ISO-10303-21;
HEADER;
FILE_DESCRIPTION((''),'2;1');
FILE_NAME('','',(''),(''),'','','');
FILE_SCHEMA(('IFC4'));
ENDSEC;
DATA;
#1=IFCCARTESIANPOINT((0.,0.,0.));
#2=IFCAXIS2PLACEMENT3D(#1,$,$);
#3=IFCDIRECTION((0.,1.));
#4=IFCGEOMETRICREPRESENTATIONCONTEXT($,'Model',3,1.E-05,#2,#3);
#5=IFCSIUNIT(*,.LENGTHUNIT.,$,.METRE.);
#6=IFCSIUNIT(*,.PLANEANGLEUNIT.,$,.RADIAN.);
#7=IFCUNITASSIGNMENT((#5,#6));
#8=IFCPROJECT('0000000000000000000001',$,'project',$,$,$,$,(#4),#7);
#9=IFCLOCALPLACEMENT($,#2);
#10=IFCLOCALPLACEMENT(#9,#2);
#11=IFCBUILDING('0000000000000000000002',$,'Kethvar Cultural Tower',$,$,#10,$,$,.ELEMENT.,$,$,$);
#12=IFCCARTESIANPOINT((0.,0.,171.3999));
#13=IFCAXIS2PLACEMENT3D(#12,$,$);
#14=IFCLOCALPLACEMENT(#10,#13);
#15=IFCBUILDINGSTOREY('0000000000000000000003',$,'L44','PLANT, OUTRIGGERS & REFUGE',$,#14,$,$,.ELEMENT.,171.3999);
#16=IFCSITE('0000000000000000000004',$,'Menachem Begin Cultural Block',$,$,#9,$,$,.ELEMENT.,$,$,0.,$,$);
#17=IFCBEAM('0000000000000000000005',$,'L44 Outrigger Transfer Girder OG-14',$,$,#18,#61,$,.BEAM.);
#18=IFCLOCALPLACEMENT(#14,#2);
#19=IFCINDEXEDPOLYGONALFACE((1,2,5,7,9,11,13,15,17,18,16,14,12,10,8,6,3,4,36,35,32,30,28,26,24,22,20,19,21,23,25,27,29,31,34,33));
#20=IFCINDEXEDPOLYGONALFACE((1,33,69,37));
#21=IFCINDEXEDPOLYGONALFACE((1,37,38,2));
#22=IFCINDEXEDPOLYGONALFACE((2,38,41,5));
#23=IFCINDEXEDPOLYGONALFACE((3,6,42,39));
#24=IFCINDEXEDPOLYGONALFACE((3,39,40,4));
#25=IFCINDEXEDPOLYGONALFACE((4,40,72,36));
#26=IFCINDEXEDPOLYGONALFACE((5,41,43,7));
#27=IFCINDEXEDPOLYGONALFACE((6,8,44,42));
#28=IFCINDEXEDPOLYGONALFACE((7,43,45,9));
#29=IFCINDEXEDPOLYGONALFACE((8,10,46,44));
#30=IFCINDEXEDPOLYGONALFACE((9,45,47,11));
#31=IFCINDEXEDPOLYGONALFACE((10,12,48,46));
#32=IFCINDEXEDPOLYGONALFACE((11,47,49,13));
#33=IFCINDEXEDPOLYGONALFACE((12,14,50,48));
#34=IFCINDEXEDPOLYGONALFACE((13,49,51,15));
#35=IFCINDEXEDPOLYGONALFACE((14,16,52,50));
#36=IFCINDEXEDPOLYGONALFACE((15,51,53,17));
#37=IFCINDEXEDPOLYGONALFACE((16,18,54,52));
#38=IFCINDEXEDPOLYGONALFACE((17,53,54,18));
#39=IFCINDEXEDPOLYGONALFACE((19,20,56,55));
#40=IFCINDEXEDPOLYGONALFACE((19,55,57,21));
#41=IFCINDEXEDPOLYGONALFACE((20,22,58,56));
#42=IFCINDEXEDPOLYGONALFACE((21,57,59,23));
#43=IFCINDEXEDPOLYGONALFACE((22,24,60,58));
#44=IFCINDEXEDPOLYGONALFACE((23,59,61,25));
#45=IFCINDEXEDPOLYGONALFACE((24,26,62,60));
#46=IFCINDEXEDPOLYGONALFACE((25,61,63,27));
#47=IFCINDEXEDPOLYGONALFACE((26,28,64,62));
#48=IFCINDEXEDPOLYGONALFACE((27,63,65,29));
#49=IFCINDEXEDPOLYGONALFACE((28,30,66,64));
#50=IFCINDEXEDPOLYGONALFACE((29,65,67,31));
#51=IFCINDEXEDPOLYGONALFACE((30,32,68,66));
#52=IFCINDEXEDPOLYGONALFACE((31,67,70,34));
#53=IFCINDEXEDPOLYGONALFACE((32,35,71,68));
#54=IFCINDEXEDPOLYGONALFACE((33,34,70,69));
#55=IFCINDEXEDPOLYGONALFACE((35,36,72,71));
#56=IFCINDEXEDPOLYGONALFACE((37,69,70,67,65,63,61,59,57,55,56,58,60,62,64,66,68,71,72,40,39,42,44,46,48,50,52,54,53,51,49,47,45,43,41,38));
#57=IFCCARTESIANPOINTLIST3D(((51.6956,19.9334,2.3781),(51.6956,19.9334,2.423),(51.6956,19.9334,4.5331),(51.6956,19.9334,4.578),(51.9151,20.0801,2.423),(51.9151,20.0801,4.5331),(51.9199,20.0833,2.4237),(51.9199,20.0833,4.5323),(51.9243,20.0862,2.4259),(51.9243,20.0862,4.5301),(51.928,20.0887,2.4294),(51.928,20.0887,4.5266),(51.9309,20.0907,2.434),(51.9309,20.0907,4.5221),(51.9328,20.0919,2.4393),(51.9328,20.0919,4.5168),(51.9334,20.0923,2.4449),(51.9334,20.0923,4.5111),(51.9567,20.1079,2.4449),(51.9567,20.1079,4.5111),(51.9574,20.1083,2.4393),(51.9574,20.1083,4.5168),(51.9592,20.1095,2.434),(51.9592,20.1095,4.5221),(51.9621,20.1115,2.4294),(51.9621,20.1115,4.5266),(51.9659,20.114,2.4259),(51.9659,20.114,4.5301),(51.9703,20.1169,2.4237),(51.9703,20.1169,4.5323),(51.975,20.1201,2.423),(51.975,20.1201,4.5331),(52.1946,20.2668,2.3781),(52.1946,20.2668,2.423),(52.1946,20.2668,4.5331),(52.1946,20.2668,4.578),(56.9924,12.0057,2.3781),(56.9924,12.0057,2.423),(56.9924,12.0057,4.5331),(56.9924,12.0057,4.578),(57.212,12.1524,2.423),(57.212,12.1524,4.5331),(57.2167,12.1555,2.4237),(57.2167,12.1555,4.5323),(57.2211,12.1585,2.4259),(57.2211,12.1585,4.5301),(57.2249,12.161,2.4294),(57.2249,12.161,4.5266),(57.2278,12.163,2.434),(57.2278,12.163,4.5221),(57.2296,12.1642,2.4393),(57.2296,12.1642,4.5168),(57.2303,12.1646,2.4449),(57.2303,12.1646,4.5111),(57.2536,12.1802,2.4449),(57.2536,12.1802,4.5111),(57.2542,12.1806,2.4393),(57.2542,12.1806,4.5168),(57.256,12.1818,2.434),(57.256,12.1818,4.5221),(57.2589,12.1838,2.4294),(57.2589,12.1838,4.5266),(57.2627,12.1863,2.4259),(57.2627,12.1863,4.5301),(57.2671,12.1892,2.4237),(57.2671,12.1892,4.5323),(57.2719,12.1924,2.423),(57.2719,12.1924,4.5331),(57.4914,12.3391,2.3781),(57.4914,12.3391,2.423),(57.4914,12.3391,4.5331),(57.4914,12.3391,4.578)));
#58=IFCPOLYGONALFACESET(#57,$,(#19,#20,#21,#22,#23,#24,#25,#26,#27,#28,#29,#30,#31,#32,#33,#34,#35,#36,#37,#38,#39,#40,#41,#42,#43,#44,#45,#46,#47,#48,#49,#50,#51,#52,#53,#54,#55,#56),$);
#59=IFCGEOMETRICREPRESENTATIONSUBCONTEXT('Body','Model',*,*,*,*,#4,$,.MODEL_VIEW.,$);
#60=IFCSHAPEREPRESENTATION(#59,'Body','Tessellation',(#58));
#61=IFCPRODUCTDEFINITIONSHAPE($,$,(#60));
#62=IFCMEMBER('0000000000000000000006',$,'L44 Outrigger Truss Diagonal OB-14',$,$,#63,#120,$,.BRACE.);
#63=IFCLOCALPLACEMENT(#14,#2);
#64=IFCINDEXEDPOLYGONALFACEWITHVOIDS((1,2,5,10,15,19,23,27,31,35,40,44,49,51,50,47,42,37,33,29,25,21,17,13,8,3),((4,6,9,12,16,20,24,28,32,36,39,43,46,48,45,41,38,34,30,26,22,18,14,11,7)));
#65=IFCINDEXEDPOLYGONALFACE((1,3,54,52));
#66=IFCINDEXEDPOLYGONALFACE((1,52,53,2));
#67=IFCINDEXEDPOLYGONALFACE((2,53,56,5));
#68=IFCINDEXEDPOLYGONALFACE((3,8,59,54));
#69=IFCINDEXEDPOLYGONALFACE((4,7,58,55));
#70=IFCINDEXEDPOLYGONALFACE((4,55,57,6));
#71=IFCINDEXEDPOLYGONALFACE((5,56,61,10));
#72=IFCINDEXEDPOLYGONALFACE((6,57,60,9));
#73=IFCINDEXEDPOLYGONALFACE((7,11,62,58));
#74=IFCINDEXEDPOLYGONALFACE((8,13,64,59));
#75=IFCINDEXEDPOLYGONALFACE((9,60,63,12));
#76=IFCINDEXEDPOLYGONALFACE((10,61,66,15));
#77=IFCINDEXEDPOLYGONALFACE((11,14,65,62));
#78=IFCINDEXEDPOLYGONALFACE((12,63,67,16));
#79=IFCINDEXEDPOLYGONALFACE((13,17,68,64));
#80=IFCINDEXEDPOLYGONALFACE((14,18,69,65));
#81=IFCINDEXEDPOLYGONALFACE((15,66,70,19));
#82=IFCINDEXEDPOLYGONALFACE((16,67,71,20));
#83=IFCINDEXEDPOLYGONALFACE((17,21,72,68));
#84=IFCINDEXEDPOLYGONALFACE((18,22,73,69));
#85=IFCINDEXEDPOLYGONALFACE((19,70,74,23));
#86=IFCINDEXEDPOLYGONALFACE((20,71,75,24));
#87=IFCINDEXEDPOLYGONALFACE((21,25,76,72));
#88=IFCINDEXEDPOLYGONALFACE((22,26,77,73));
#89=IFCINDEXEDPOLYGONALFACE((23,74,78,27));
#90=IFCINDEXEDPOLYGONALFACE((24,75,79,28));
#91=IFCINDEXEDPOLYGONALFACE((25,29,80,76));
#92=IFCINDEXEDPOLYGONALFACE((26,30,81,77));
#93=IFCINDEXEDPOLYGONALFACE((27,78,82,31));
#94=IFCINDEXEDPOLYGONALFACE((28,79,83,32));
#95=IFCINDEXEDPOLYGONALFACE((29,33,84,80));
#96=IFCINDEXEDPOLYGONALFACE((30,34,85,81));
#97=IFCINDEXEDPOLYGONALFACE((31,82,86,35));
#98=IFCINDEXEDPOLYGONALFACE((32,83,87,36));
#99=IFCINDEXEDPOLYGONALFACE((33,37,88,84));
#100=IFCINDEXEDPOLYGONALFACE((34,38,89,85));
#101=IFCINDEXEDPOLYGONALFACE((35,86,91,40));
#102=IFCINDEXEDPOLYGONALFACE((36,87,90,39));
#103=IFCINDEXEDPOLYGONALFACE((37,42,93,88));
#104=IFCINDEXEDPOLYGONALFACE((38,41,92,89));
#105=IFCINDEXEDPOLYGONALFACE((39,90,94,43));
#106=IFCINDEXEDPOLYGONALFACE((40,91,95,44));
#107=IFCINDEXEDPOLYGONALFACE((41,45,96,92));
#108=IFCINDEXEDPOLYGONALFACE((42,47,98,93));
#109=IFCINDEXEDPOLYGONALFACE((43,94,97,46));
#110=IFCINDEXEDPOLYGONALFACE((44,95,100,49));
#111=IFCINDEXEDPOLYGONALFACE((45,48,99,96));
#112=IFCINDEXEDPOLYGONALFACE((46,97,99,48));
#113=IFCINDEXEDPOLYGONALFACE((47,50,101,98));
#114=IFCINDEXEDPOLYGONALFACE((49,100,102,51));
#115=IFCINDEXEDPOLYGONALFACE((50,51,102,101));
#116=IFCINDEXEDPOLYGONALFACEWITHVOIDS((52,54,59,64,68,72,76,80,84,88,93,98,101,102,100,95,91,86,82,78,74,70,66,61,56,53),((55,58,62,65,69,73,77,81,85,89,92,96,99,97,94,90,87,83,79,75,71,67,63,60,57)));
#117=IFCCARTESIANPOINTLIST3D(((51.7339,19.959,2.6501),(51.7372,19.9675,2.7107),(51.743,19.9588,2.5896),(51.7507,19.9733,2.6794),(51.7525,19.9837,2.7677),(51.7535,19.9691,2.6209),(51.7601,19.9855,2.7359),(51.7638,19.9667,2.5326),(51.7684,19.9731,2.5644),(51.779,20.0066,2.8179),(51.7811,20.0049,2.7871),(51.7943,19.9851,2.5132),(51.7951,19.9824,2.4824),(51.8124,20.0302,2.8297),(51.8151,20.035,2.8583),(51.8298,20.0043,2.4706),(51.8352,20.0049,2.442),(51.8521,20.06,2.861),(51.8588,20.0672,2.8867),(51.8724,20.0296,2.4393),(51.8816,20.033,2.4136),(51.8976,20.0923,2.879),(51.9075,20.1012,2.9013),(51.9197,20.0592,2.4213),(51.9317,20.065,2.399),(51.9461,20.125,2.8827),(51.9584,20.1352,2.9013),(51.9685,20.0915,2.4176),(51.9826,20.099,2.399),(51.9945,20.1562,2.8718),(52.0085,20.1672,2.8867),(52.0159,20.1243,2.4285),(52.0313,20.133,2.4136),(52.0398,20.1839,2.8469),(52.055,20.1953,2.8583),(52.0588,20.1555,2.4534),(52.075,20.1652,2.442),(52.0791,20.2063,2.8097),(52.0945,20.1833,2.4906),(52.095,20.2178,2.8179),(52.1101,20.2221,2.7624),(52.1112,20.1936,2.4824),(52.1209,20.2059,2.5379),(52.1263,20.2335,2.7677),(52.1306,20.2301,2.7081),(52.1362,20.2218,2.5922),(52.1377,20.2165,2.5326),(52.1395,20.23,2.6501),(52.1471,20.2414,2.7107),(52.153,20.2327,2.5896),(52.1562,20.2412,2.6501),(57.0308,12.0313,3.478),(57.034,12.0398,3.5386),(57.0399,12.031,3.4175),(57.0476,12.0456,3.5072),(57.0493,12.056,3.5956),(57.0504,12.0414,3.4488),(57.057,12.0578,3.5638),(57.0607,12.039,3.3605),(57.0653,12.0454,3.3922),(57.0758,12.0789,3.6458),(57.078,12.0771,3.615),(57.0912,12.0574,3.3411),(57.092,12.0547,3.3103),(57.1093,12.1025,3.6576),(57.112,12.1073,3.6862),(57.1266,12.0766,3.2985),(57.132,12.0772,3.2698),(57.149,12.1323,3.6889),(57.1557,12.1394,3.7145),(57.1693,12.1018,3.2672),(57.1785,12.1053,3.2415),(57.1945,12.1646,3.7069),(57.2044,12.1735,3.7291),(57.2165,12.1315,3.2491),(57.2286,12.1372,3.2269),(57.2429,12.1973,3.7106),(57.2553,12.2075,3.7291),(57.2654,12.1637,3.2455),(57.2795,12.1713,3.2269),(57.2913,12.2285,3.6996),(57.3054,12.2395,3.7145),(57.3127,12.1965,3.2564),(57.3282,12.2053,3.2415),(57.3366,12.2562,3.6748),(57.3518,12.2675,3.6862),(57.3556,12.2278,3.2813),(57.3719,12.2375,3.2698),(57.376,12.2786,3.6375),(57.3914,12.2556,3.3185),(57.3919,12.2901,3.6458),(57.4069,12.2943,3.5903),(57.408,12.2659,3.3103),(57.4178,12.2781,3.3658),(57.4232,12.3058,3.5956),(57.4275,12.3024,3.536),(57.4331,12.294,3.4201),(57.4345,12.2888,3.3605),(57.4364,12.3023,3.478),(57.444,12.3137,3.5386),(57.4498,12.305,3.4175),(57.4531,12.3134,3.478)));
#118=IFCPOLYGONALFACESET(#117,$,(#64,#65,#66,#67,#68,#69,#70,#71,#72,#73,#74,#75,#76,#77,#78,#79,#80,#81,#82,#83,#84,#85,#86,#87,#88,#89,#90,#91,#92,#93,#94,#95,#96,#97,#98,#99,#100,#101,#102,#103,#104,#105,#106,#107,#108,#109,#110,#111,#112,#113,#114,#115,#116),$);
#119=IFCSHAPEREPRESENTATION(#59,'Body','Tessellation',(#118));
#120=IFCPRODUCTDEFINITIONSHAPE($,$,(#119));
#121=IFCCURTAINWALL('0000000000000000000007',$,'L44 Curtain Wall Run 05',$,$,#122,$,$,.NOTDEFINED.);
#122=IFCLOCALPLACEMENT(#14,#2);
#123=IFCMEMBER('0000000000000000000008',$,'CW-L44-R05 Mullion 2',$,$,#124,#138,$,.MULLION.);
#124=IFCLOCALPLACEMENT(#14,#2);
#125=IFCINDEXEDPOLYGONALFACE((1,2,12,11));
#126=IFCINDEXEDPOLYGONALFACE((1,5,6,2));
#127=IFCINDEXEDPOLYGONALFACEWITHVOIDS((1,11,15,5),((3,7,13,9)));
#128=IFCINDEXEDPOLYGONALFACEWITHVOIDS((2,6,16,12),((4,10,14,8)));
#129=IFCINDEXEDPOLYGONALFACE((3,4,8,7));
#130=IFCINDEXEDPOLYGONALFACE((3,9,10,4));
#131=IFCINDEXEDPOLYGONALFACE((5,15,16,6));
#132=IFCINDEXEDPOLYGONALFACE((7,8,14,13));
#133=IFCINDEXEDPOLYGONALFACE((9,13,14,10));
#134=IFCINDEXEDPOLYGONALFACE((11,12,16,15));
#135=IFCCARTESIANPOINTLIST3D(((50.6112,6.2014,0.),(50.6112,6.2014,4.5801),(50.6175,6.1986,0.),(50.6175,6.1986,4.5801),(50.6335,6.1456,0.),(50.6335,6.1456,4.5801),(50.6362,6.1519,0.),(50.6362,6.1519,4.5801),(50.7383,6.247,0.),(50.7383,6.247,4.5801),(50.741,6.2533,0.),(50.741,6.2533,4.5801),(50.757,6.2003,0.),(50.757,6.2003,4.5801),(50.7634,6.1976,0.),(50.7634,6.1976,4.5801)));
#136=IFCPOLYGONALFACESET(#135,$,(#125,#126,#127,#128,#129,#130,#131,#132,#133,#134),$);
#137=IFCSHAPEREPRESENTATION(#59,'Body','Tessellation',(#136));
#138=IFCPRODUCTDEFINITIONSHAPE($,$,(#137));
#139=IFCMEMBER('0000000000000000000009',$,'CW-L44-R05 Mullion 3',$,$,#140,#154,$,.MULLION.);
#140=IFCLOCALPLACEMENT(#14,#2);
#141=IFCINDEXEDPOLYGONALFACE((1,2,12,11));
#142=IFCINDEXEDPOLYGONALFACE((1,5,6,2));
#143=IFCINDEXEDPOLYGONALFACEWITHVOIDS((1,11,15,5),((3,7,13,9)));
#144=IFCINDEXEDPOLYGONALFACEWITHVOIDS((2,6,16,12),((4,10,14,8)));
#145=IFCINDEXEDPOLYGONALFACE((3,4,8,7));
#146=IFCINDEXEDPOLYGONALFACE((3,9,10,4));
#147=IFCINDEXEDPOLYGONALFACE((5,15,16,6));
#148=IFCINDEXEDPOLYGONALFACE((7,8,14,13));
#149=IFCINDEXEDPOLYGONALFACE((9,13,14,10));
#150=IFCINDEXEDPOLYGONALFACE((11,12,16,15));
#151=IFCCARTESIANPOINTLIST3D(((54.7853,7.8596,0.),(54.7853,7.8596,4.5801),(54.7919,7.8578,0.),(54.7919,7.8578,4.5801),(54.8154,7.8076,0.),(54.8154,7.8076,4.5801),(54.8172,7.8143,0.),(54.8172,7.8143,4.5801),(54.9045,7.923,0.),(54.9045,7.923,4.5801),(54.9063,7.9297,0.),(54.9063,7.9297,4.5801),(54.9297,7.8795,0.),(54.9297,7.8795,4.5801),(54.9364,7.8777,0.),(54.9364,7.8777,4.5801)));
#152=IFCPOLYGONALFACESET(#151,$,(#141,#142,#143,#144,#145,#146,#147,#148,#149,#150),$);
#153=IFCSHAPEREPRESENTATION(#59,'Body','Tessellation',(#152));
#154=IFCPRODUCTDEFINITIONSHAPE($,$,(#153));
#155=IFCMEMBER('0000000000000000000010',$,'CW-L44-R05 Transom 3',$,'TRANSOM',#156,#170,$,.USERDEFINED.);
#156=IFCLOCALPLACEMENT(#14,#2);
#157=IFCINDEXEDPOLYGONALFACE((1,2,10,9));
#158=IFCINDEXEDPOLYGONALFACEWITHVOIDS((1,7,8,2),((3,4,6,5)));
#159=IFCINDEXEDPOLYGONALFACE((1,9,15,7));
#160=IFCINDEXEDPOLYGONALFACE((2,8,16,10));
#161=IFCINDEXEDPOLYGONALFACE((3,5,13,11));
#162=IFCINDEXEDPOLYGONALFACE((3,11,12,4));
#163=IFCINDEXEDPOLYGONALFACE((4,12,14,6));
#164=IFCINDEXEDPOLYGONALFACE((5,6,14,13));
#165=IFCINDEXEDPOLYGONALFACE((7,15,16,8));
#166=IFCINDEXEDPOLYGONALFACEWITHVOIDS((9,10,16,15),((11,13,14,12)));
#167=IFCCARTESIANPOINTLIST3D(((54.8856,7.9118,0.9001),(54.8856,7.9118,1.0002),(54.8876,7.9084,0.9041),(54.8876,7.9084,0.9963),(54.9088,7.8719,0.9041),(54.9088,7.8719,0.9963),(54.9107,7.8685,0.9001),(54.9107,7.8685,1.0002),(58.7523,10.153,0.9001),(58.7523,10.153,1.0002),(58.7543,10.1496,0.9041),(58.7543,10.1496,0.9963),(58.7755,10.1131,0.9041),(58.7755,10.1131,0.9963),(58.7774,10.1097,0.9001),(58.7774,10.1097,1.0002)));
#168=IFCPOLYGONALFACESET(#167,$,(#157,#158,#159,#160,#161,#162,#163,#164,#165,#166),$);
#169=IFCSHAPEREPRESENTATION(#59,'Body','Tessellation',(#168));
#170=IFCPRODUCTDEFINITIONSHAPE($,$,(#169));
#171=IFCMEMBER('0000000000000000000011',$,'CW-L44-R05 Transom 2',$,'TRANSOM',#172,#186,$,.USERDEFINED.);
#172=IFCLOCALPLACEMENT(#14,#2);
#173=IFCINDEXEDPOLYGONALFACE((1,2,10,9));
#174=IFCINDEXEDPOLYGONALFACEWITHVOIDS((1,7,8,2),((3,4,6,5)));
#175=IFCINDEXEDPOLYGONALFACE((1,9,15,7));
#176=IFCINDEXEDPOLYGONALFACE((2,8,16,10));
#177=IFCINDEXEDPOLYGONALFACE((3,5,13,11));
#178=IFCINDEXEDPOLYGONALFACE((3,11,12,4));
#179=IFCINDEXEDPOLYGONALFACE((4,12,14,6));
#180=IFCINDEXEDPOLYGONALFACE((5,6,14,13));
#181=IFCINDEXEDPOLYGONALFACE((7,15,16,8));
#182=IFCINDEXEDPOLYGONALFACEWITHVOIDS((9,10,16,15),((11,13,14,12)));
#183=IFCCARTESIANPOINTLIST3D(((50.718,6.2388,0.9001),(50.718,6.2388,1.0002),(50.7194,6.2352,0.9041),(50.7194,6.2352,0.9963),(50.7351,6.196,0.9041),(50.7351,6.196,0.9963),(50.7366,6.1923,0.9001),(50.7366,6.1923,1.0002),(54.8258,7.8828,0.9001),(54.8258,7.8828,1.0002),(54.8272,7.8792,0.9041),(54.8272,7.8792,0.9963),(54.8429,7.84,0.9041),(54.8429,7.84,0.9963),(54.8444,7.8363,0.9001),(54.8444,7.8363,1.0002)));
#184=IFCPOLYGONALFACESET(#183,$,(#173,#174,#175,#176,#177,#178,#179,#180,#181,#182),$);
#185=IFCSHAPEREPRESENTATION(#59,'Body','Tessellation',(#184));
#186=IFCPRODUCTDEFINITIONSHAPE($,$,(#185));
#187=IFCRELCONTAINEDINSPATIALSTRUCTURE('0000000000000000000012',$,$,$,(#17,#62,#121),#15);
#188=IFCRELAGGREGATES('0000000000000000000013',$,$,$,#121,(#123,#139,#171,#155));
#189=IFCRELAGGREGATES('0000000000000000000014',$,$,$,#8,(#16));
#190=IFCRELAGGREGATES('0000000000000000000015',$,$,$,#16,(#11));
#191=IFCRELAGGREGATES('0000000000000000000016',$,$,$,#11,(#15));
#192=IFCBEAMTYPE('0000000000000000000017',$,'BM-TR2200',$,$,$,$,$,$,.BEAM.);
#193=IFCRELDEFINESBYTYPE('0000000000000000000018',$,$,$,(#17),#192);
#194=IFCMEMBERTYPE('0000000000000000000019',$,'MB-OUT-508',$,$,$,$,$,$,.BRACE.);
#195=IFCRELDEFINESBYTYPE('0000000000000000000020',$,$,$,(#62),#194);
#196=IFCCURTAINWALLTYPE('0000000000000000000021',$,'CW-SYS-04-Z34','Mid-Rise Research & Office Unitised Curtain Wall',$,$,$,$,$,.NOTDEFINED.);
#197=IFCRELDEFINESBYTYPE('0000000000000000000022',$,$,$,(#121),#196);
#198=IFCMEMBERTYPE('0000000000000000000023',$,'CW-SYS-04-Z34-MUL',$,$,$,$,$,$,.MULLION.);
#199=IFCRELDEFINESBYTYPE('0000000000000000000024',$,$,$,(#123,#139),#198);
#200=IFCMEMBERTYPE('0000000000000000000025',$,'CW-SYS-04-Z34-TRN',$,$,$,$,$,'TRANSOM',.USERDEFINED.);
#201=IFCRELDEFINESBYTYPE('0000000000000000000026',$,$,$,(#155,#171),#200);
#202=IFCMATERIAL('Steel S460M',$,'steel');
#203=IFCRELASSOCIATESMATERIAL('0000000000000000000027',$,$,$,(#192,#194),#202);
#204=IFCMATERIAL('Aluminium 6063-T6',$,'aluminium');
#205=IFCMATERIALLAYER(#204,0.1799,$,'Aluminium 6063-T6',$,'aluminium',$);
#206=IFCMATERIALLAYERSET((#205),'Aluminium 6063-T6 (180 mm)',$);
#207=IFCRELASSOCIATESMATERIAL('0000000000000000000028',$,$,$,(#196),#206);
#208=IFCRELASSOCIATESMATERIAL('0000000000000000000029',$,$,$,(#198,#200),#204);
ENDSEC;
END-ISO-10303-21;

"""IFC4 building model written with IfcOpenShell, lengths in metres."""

from ifc_helpers import new_model, si_unit, direction, frame, origin, origin_2d, place, context, subcontext, project, spatial, hollow_rectangle, hollow_circle, i_section, extrude, source, transform, mapped, material, layer, layer_set, material_profile, profile_set, type_object, element, aggregate, save


model = new_model("IFC4")

# Units and contexts
model_context = context("Model", 3, precision=1e-05, world=origin(), true_north=direction((0.0, 1.0)))
body_context = subcontext(model_context, "Body", "Model", "MODEL_VIEW")
ifc_project = project(units=[si_unit("LENGTHUNIT", "METRE"), si_unit("PLANEANGLEUNIT", "RADIAN")], contexts=[model_context])

# Site, building, storey
site_placement = place(None, origin())
site = spatial("IfcSite", under=ifc_project, at=site_placement, Name="Menachem Begin Cultural Block", CompositionType="ELEMENT", RefElevation=0.0)
building_placement = place(site_placement, origin())
building = spatial("IfcBuilding", under=site, at=building_placement, Name="Kethvar Cultural Tower", CompositionType="ELEMENT")
storey_placement = place(building_placement, frame((0.0, 0.0, 171.3999)))
storey = spatial("IfcBuildingStorey", under=building, at=storey_placement, Name="L44", Description="PLANT, OUTRIGGERS & REFUGE", CompositionType="ELEMENT", Elevation=171.3999)

# Shared definitions
ifc_material_1 = material(Name="Steel S460M", Category="steel")

# Shared definitions
ifc_material_profile_1 = material_profile(ifc_material_1, i_section(OverallWidth=0.6001, OverallDepth=2.2, WebThickness=0.0281, FlangeThickness=0.0449, FilletRadius=0.022, at=origin_2d()), Name="Steel S460M — PG2200x600x45x28")
ifc_profile_set_1 = profile_set([ifc_material_profile_1], Name="Steel S460M — PG2200x600x45x28")
beam_type = type_object("IfcBeamType", Name="BM-TR2200", PredefinedType="BEAM", material=ifc_profile_set_1)

# Shared definitions
ifc_material_profile_2 = material_profile(ifc_material_1, hollow_circle(Radius=0.2539, WallThickness=0.02, at=origin_2d()), Name="Steel S460M — CHS508x20")
ifc_profile_set_2 = profile_set([ifc_material_profile_2], Name="Steel S460M — CHS508x20")
member_type_1 = type_object("IfcMemberType", Name="MB-OUT-508", PredefinedType="BRACE", material=ifc_profile_set_2)

# Beam
shared_shape_1 = source(origin(), body_context, "Body", "SweptSolid", [
    extrude(i_section(OverallWidth=0.6001, OverallDepth=2.2, WebThickness=0.0281, FlangeThickness=0.0449, FilletRadius=0.022, at=origin_2d()), origin(), (0.0, 0.0, 1.0), 9.5344),
])
beam_1_placement = place(storey_placement, frame((51.9451, 20.1001, 3.478), z_axis=(0.555551, -0.831483, 0.0), x_axis=(0.831483, 0.555551, 0.0)))
element("IfcBeam", 1, at=beam_1_placement, inside=storey, type_object=beam_type, Name="L44 Outrigger Transfer Girder OG-14", PredefinedType="BEAM", context=body_context, shape_type="MappedRepresentation", body=[
    mapped(shared_shape_1, transform((0.0, 0.0, 0.0), scale=1.0)),
])

# Member
shared_shape_2 = source(origin(), body_context, "Body", "SweptSolid", [
    extrude(hollow_circle(Radius=0.2539, WallThickness=0.02, at=origin_2d()), origin(), (0.0, 0.0, 1.0), 9.5703),
])
member_1_placement = place(storey_placement, frame((51.9451, 20.1001, 2.6501), z_axis=(0.553468, -0.828366, 0.086505), x_axis=(0.831483, 0.555551, 0.0)))
element("IfcMember", 2, at=member_1_placement, inside=storey, type_object=member_type_1, Name="L44 Outrigger Truss Diagonal OB-14", PredefinedType="BRACE", context=body_context, shape_type="MappedRepresentation", body=[
    mapped(shared_shape_2, transform((0.0, 0.0, 0.0), scale=1.0)),
])

# Curtain wall, members
ifc_material_2 = material(Name="Aluminium 6063-T6", Category="aluminium")
ifc_layer_1 = layer(ifc_material_2, 0.1799, Name="Aluminium 6063-T6", Category="aluminium")
ifc_layer_set_1 = layer_set([ifc_layer_1], Name="Aluminium 6063-T6 (180 mm)")
curtain_wall_type = type_object("IfcCurtainWallType", Name="CW-SYS-04-Z34", Description="Mid-Rise Research & Office Unitised Curtain Wall", PredefinedType="NOTDEFINED", material=ifc_layer_set_1)
curtain_wall_placement = place(storey_placement, origin())
curtain_wall = element("IfcCurtainWall", 3, at=curtain_wall_placement, inside=storey, type_object=curtain_wall_type, Name="L44 Curtain Wall Run 05", PredefinedType="NOTDEFINED")
ifc_material_profile_3 = material_profile(ifc_material_2, hollow_rectangle(XDim=0.0601, YDim=0.1399, WallThickness=0.0049, at=origin_2d()), Name="Aluminium 6063-T6 — RHS140x60x5")
ifc_profile_set_3 = profile_set([ifc_material_profile_3], Name="Aluminium 6063-T6 — RHS140x60x5")
member_type_2 = type_object("IfcMemberType", Name="CW-SYS-04-Z34-MUL", PredefinedType="MULLION", material=ifc_profile_set_3)
shared_shape_3 = source(origin(), body_context, "Body", "SweptSolid", [
    extrude(hollow_rectangle(XDim=0.0601, YDim=0.1399, WallThickness=0.0049, at=origin_2d()), origin(), (0.0, 0.0, 1.0), 4.5801),
])
member_2_placement = place(storey_placement, frame((50.6873, 6.1995, 0.0), z_axis=(0.0, 0.0, 1.0), x_axis=(-0.371546, 0.928415, 0.0)))
member_2 = element("IfcMember", 4, at=member_2_placement, type_object=member_type_2, Name="CW-L44-R05 Mullion 2", PredefinedType="MULLION", context=body_context, shape_type="MappedRepresentation", body=[
    mapped(shared_shape_3, transform((0.0, 0.0, 0.0), scale=1.0)),
])
member_3_placement = place(storey_placement, frame((54.8608, 7.8687, 0.0), z_axis=(0.0, 0.0, 1.0), x_axis=(-0.501465, 0.865178, 0.0)))
member_3 = element("IfcMember", 5, at=member_3_placement, type_object=member_type_2, Name="CW-L44-R05 Mullion 3", PredefinedType="MULLION", context=body_context, shape_type="MappedRepresentation", body=[
    mapped(shared_shape_3, transform((0.0, 0.0, 0.0), scale=1.0)),
])
ifc_material_profile_4 = material_profile(ifc_material_2, hollow_rectangle(XDim=0.05, YDim=0.1001, WallThickness=0.0039, at=origin_2d()), Name="Aluminium 6063-T6 — RHS100x50x4")
ifc_profile_set_4 = profile_set([ifc_material_profile_4], Name="Aluminium 6063-T6 — RHS100x50x4")
member_type_3 = type_object("IfcMemberType", Name="CW-SYS-04-Z34-TRN", ElementType="TRANSOM", PredefinedType="USERDEFINED", material=ifc_profile_set_4)
shared_shape_4 = source(origin(), body_context, "Body", "SweptSolid", [
    extrude(hollow_rectangle(XDim=0.05, YDim=0.1001, WallThickness=0.0039, at=origin_2d()), origin(), (0.0, 0.0, 1.0), 4.4692),
])
member_4_placement = place(storey_placement, frame((54.8982, 7.8901, 0.9502), z_axis=(0.865174, 0.501471, 0.0), x_axis=(-0.501471, 0.865174, 0.0)))
member_4 = element("IfcMember", 6, at=member_4_placement, type_object=member_type_3, Name="CW-L44-R05 Transom 3", ObjectType="TRANSOM", PredefinedType="USERDEFINED", context=body_context, shape_type="MappedRepresentation", body=[
    mapped(shared_shape_4, transform((0.0, 0.0, 0.0), scale=1.0)),
])
shared_shape_5 = source(origin(), body_context, "Body", "SweptSolid", [
    extrude(hollow_rectangle(XDim=0.05, YDim=0.1001, WallThickness=0.0039, at=origin_2d()), origin(), (0.0, 0.0, 1.0), 4.4246),
])
member_5_placement = place(storey_placement, frame((50.7273, 6.2156, 0.9502), z_axis=(0.928408, 0.371562, 0.0), x_axis=(-0.371562, 0.928408, 0.0)))
member_5 = element("IfcMember", 7, at=member_5_placement, type_object=member_type_3, Name="CW-L44-R05 Transom 2", ObjectType="TRANSOM", PredefinedType="USERDEFINED", context=body_context, shape_type="MappedRepresentation", body=[
    mapped(shared_shape_5, transform((0.0, 0.0, 0.0), scale=1.0)),
])

aggregate(curtain_wall, [member_2, member_3, member_5, member_4])

save(model, "model.ifc")
